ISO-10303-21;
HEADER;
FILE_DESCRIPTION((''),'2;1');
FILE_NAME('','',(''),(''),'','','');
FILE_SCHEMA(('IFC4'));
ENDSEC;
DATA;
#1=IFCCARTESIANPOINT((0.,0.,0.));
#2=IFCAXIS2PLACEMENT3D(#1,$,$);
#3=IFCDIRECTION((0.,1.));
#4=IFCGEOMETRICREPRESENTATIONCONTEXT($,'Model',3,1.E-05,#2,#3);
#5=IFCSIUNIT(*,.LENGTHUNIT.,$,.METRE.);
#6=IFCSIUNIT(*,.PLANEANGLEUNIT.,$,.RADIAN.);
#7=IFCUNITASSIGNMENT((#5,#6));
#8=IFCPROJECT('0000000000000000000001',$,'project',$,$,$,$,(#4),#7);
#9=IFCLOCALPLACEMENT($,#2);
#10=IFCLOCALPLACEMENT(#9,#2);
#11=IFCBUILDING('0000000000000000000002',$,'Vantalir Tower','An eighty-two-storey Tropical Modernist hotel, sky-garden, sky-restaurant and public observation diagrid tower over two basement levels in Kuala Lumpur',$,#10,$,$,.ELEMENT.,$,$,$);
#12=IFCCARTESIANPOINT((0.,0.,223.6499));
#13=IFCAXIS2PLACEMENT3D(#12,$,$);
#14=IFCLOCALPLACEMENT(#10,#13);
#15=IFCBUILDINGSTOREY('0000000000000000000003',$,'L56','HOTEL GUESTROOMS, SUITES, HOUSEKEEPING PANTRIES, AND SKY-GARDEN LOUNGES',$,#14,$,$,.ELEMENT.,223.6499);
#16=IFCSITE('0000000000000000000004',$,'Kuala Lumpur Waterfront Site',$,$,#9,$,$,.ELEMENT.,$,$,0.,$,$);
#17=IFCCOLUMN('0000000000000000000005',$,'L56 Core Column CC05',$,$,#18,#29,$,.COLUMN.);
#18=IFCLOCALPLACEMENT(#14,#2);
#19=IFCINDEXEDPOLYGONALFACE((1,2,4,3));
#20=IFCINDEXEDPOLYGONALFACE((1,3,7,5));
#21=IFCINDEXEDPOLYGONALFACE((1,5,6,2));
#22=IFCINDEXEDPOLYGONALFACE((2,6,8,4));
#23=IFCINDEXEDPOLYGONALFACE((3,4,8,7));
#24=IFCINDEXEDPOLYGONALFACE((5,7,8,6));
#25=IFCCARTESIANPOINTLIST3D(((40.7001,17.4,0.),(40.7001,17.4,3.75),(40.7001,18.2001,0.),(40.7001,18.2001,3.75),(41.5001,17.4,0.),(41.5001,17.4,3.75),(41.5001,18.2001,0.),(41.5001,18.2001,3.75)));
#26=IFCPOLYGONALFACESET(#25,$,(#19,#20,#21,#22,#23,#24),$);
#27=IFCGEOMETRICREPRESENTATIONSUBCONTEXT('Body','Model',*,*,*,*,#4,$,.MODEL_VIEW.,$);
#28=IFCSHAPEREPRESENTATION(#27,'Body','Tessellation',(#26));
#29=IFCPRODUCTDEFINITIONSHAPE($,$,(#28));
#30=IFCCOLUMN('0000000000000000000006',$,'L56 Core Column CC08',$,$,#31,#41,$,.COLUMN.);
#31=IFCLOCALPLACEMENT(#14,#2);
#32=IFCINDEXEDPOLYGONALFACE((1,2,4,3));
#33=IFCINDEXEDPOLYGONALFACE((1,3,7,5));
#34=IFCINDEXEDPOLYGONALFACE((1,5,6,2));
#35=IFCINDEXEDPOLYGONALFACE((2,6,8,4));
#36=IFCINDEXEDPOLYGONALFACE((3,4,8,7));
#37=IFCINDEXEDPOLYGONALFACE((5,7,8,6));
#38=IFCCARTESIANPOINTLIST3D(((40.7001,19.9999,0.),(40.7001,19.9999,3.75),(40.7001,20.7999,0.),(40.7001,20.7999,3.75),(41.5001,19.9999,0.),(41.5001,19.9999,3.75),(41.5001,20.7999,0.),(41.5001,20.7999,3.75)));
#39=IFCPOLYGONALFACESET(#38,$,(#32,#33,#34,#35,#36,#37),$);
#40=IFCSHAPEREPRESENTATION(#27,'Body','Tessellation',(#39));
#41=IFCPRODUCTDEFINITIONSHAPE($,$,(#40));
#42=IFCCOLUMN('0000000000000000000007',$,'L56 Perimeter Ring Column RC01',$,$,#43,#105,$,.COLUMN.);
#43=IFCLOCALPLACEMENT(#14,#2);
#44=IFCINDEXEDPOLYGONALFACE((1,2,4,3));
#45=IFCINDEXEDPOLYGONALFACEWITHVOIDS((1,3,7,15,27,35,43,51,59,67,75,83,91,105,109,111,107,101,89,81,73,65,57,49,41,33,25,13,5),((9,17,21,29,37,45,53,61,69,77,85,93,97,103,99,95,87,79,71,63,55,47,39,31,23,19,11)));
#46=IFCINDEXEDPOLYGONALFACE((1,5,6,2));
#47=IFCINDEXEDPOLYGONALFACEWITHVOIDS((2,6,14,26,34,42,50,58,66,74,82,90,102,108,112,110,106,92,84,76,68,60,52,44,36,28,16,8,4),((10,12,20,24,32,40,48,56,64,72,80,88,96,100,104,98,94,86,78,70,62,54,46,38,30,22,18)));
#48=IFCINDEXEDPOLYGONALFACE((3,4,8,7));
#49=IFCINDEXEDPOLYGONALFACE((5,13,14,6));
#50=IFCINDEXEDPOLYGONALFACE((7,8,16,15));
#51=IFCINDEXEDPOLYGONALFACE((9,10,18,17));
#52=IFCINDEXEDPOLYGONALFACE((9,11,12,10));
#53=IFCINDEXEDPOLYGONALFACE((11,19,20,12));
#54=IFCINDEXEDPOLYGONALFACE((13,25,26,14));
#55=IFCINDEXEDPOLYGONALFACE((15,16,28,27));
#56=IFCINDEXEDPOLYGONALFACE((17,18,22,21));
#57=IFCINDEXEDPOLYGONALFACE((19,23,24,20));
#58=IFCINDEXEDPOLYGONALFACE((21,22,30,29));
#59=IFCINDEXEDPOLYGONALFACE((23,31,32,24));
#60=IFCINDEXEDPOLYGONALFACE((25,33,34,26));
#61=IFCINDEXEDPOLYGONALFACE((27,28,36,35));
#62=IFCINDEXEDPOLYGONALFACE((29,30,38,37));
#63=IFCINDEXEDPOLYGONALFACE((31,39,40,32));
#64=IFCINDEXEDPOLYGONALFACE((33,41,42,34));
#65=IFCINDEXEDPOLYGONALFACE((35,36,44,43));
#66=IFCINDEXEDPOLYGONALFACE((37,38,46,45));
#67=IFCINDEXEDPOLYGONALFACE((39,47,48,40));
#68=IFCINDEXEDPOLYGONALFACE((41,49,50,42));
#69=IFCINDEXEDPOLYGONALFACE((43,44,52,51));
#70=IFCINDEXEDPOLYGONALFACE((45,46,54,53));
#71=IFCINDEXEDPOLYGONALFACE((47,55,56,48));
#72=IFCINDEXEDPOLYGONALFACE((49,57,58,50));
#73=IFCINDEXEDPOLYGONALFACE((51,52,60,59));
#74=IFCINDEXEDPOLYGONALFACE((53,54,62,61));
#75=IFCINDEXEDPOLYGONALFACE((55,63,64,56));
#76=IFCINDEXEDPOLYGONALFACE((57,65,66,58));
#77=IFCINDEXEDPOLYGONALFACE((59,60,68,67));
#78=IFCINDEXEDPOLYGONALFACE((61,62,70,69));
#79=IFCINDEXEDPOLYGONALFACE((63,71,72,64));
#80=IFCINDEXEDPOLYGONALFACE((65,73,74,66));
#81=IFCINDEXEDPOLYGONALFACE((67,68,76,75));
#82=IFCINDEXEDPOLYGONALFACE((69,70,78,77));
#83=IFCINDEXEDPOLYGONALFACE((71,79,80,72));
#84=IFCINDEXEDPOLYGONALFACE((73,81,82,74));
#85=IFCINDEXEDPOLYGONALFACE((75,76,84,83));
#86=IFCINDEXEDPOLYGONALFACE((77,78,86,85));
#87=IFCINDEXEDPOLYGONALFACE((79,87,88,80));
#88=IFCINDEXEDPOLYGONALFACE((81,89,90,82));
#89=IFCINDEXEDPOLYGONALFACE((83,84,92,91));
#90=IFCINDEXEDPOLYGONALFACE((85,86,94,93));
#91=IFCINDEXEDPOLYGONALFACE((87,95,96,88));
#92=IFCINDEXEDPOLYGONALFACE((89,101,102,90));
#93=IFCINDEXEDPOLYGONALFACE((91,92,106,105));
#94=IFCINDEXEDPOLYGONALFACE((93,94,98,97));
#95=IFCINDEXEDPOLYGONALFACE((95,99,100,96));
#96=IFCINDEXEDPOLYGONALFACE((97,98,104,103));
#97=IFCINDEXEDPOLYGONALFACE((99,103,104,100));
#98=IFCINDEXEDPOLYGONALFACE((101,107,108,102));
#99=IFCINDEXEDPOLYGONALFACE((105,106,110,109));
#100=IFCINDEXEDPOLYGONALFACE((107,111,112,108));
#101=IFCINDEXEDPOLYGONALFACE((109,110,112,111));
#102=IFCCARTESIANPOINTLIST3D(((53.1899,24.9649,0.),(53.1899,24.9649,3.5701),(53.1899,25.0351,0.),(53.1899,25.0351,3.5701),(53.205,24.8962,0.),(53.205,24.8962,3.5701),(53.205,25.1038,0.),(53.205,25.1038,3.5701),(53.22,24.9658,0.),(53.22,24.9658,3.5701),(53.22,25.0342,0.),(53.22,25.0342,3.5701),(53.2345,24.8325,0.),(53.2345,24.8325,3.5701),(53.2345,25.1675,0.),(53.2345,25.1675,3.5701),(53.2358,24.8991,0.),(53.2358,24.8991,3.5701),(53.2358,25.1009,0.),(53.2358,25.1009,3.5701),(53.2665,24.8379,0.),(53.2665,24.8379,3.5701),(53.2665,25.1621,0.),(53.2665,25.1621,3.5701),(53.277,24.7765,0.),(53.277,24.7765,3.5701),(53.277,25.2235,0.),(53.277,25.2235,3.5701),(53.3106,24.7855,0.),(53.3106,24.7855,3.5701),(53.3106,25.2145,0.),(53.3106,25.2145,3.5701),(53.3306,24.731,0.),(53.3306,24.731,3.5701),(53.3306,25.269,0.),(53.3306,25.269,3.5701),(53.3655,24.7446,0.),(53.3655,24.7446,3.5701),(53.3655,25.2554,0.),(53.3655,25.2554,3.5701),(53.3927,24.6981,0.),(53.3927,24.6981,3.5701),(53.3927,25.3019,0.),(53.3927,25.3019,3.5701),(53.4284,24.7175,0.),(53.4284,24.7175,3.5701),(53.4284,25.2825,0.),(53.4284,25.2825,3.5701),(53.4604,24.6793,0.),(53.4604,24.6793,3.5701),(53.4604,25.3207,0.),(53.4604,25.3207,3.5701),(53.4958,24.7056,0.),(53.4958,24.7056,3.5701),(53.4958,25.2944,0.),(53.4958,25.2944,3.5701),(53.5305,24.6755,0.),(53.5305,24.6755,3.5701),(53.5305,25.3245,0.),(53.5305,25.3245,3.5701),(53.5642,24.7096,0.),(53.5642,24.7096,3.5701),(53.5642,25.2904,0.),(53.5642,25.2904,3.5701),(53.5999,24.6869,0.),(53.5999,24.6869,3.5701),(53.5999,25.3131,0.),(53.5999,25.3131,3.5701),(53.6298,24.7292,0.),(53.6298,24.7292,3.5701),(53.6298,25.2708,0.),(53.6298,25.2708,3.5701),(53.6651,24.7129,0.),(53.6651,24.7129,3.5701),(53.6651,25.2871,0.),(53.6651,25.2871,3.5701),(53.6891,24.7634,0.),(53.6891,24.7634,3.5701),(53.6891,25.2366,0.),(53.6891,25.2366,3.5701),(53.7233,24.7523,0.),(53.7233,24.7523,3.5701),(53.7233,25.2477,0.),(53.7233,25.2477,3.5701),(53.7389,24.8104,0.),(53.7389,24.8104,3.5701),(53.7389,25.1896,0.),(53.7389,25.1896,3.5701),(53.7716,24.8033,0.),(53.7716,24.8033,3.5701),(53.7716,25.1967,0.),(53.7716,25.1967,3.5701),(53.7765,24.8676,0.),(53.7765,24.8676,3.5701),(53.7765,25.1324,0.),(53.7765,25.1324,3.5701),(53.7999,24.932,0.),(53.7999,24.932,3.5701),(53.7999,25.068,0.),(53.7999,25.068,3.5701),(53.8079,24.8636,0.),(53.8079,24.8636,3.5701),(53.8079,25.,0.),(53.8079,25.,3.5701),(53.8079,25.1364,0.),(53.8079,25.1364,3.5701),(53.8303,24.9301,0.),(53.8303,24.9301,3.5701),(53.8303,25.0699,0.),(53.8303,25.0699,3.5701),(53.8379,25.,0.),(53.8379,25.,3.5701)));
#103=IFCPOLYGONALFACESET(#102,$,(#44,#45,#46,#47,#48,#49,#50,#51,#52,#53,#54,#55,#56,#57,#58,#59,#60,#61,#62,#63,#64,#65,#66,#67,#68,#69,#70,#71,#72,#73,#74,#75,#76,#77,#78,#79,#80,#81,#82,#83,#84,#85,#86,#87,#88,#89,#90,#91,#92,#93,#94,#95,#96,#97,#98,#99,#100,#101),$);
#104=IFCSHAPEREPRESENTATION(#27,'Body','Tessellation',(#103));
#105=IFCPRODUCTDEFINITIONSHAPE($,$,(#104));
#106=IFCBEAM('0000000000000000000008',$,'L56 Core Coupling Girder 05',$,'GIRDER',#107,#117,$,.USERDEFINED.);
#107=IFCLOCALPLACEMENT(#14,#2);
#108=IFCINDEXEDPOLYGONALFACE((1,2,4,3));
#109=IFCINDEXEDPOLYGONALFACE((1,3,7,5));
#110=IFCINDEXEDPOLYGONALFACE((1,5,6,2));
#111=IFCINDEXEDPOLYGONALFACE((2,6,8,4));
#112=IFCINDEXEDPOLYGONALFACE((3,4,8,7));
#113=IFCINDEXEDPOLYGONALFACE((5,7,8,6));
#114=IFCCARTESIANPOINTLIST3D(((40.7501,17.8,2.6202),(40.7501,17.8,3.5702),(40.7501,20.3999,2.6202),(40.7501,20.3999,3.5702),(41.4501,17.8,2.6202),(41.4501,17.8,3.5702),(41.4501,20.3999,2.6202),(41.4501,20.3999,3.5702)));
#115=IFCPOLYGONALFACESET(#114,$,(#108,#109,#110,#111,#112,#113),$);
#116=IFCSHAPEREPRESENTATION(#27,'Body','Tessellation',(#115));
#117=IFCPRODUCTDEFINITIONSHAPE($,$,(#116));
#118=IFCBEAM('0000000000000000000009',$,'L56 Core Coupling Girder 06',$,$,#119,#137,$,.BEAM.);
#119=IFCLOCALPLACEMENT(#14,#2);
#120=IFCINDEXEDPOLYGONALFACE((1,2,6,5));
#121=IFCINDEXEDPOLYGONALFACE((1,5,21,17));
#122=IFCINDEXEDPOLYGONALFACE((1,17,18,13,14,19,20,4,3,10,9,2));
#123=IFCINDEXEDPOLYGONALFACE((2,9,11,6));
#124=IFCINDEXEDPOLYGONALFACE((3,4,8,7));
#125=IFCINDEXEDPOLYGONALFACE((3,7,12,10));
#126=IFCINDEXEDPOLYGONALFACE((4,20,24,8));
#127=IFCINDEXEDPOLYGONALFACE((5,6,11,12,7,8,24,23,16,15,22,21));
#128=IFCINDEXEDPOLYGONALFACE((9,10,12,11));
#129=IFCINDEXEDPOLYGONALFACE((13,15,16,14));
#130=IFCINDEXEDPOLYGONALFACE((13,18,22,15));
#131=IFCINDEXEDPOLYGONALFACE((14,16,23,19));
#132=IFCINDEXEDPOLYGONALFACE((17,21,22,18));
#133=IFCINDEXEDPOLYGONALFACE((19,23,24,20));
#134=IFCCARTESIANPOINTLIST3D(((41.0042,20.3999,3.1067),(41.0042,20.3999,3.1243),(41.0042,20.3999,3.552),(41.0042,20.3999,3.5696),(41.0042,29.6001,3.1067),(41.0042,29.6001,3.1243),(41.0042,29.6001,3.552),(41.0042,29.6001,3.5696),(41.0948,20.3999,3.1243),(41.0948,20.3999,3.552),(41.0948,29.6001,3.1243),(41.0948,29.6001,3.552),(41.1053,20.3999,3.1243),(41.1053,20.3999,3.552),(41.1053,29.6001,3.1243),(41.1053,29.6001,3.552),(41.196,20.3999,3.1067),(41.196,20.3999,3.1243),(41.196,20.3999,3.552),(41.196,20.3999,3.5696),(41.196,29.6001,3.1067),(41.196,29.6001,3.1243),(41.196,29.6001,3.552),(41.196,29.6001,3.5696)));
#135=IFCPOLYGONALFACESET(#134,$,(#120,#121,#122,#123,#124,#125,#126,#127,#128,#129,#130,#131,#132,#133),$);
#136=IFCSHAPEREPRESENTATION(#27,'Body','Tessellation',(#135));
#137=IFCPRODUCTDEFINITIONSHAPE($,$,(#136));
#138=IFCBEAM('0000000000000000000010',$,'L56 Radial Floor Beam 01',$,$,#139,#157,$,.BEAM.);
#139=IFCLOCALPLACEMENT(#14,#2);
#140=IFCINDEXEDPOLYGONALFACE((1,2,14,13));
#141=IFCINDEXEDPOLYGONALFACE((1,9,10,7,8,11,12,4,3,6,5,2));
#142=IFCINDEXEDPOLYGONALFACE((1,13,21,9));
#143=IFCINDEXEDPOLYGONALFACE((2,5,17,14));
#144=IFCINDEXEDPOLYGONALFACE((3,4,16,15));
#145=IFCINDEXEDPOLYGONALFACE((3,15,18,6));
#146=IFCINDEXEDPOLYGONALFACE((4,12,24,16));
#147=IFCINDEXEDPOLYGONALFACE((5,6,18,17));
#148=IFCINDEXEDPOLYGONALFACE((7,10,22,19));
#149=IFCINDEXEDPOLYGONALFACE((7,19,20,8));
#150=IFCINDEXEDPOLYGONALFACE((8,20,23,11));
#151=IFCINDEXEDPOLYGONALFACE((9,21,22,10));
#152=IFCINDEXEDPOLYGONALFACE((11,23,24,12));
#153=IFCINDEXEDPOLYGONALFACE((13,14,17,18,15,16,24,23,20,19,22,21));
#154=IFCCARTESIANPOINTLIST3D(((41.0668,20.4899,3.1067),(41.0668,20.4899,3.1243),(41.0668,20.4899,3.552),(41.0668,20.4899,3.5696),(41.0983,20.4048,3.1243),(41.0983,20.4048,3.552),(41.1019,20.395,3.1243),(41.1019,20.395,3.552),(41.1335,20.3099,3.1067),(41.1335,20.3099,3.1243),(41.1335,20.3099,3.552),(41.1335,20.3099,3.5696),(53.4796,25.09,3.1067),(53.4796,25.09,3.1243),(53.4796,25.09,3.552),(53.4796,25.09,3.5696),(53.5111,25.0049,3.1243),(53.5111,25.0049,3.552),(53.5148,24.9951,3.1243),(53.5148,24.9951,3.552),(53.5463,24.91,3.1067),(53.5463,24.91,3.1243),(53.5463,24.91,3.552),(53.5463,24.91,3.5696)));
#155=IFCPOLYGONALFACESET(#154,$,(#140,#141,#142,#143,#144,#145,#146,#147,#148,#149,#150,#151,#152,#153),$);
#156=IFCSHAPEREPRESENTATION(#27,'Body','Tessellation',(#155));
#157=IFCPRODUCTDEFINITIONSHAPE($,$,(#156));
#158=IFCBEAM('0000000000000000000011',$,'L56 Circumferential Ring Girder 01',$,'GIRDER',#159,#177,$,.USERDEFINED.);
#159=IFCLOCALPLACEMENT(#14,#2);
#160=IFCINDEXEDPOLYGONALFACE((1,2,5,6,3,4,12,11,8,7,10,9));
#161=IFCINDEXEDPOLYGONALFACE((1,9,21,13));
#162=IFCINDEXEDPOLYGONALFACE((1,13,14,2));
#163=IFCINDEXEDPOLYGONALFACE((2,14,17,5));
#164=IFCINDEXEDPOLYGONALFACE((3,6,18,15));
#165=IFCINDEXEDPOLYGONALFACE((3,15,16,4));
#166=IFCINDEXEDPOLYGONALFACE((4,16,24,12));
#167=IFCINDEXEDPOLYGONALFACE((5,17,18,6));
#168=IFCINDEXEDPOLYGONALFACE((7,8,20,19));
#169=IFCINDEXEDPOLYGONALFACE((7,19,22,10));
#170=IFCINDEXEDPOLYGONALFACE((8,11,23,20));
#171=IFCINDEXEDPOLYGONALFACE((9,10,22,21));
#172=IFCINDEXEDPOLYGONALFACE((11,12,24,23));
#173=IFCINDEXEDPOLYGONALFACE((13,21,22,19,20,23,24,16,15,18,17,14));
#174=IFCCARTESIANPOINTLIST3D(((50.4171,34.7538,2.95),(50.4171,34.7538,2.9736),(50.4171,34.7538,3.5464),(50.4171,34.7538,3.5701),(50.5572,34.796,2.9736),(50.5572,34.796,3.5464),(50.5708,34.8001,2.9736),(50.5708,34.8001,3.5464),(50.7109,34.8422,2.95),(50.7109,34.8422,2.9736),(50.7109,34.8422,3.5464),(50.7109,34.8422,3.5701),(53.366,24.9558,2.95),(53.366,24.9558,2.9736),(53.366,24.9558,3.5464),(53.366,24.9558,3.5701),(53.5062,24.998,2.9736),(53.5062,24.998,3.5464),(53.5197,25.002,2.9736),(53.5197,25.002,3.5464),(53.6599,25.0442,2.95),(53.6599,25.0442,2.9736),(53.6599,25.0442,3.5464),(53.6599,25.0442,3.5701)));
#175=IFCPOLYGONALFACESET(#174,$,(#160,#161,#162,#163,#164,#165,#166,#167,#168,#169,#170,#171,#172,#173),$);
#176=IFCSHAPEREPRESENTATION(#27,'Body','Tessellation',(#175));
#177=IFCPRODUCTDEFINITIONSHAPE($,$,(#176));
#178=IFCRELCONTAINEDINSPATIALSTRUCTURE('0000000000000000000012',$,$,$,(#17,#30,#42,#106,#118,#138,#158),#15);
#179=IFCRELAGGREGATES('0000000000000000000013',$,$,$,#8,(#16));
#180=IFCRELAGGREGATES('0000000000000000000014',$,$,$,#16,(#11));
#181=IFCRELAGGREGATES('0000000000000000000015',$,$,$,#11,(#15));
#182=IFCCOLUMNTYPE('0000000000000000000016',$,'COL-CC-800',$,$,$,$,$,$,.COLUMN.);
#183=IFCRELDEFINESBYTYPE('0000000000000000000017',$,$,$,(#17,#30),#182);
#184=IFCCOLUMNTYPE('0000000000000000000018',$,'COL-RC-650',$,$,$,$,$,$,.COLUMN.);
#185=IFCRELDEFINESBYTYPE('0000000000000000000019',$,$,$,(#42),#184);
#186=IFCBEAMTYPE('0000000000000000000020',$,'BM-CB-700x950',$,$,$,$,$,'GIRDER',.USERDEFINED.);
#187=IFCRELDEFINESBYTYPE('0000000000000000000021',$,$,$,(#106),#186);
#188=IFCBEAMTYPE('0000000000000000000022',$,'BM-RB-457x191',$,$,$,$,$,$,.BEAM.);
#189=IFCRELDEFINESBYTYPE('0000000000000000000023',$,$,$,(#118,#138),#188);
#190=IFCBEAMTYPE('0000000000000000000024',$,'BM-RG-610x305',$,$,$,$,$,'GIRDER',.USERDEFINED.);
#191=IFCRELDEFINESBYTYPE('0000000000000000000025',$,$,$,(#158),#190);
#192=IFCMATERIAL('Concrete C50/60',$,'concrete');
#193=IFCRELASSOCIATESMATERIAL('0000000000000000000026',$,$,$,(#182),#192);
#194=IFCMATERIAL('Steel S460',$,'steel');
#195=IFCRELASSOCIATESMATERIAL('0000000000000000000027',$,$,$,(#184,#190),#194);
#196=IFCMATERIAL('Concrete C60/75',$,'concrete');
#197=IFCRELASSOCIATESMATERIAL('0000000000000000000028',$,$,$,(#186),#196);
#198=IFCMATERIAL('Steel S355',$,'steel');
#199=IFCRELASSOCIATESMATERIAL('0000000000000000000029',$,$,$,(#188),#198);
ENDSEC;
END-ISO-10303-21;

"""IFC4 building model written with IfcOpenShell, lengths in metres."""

from ifc_helpers import new_model, si_unit, direction, frame, origin, origin_2d, place, context, subcontext, project, spatial, rectangle, hollow_circle, i_section, extrude, material, material_profile, profile_set, type_object, element, save


model = new_model("IFC4")

# Units and contexts
model_context = context("Model", 3, precision=1e-05, world=origin(), true_north=direction((0.0, 1.0)))
body_context = subcontext(model_context, "Body", "Model", "MODEL_VIEW")
ifc_project = project(units=[si_unit("LENGTHUNIT", "METRE"), si_unit("PLANEANGLEUNIT", "RADIAN")], contexts=[model_context])

# Site, building, storey
site_placement = place(None, origin())
site = spatial("IfcSite", under=ifc_project, at=site_placement, Name="Kuala Lumpur Waterfront Site", CompositionType="ELEMENT", RefElevation=0.0)
building_placement = place(site_placement, origin())
building = spatial("IfcBuilding", under=site, at=building_placement, Name="Vantalir Tower", Description="An eighty-two-storey Tropical Modernist hotel, sky-garden, sky-restaurant and public observation diagrid tower over two basement levels in Kuala Lumpur", CompositionType="ELEMENT")
storey_placement = place(building_placement, frame((0.0, 0.0, 223.6499)))
storey = spatial("IfcBuildingStorey", under=building, at=storey_placement, Name="L56", Description="HOTEL GUESTROOMS, SUITES, HOUSEKEEPING PANTRIES, AND SKY-GARDEN LOUNGES", CompositionType="ELEMENT", Elevation=223.6499)

# Columns
ifc_material_1 = material(Name="Concrete C50/60", Category="concrete")
ifc_material_profile_1 = material_profile(ifc_material_1, rectangle(XDim=0.8, YDim=0.8, at=origin_2d()), Name="Concrete C50/60")
ifc_profile_set_1 = profile_set([ifc_material_profile_1], Name="Concrete C50/60")
column_type_1 = type_object("IfcColumnType", Name="COL-CC-800", PredefinedType="COLUMN", material=ifc_profile_set_1)
for number, where, z_axis, x_axis, name in (
    (1, (41.1001, 17.8, 0.0), (0.0, 0.0, 1.0), (1.0, 0.0, 0.0), "L56 Core Column CC05"),
    (2, (41.1001, 20.3999, 0.0), (0.0, 0.0, 1.0), (1.0, 0.0, 0.0), "L56 Core Column CC08"),
):
    element("IfcColumn", number, at=place(storey_placement, frame(where, z_axis=z_axis, x_axis=x_axis)), inside=storey, type_object=column_type_1, Name=name, PredefinedType="COLUMN", context=body_context, shape_type="SweptSolid", body=[
        extrude(rectangle(XDim=0.8, YDim=0.8, at=origin_2d()), origin(), (0.0, 0.0, 1.0), 3.75),
    ])
ifc_material_2 = material(Name="Steel S460", Category="steel")
ifc_material_profile_2 = material_profile(ifc_material_2, hollow_circle(Radius=0.325, WallThickness=0.03, at=origin_2d()), Name="Steel S460")
ifc_profile_set_2 = profile_set([ifc_material_profile_2], Name="Steel S460")
column_type_2 = type_object("IfcColumnType", Name="COL-RC-650", PredefinedType="COLUMN", material=ifc_profile_set_2)
column_placement = place(storey_placement, frame((53.5129, 25.0, 0.0), z_axis=(0.0, 0.0, 1.0), x_axis=(1.0, 0.0, 0.0)))
element("IfcColumn", 3, at=column_placement, inside=storey, type_object=column_type_2, Name="L56 Perimeter Ring Column RC01", PredefinedType="COLUMN", context=body_context, shape_type="SweptSolid", body=[
    extrude(hollow_circle(Radius=0.325, WallThickness=0.03, at=origin_2d()), origin(), (0.0, 0.0, 1.0), 3.5701),
])

# Beams
ifc_material_3 = material(Name="Concrete C60/75", Category="concrete")
ifc_material_profile_3 = material_profile(ifc_material_3, rectangle(XDim=0.7, YDim=0.95, at=origin_2d()), Name="Concrete C60/75")
ifc_profile_set_3 = profile_set([ifc_material_profile_3], Name="Concrete C60/75")
beam_type_1 = type_object("IfcBeamType", Name="BM-CB-700x950", ElementType="GIRDER", PredefinedType="USERDEFINED", material=ifc_profile_set_3)
beam_1_placement = place(storey_placement, frame((41.1001, 17.8, 3.0952), z_axis=(0.0, 1.0, 0.0), x_axis=(-1.0, 0.0, 0.0)))
element("IfcBeam", 4, at=beam_1_placement, inside=storey, type_object=beam_type_1, Name="L56 Core Coupling Girder 05", ObjectType="GIRDER", PredefinedType="USERDEFINED", context=body_context, shape_type="SweptSolid", body=[
    extrude(rectangle(XDim=0.7, YDim=0.95, at=origin_2d()), origin(), (0.0, 0.0, 1.0), 2.5999),
])
ifc_material_4 = material(Name="Steel S355", Category="steel")
ifc_material_profile_4 = material_profile(ifc_material_4, i_section(OverallWidth=0.1919, OverallDepth=0.4629, WebThickness=0.0105, FlangeThickness=0.0176, at=origin_2d()), Name="Steel S355")
ifc_profile_set_4 = profile_set([ifc_material_profile_4], Name="Steel S355")
beam_type_2 = type_object("IfcBeamType", Name="BM-RB-457x191", PredefinedType="BEAM", material=ifc_profile_set_4)
beam_2_placement = place(storey_placement, frame((41.1001, 20.3999, 3.3381), z_axis=(0.0, 1.0, 0.0), x_axis=(-1.0, 0.0, 0.0)))
element("IfcBeam", 5, at=beam_2_placement, inside=storey, type_object=beam_type_2, Name="L56 Core Coupling Girder 06", PredefinedType="BEAM", context=body_context, shape_type="SweptSolid", body=[
    extrude(i_section(OverallWidth=0.1919, OverallDepth=0.4629, WebThickness=0.0105, FlangeThickness=0.0176, at=origin_2d()), origin(), (0.0, 0.0, 1.0), 9.2002),
])
beam_3_placement = place(storey_placement, frame((53.5129, 25.0, 3.3381), z_axis=(-0.937681, -0.347497, 0.0), x_axis=(0.347497, -0.937681, 0.0)))
element("IfcBeam", 6, at=beam_3_placement, inside=storey, type_object=beam_type_2, Name="L56 Radial Floor Beam 01", PredefinedType="BEAM", context=body_context, shape_type="SweptSolid", body=[
    extrude(i_section(OverallWidth=0.1919, OverallDepth=0.4629, WebThickness=0.0105, FlangeThickness=0.0176, at=origin_2d()), origin(), (0.0, 0.0, 1.0), 13.2378),
])
ifc_material_profile_5 = material_profile(ifc_material_2, i_section(OverallWidth=0.3069, OverallDepth=0.6201, WebThickness=0.0142, FlangeThickness=0.0237, at=origin_2d()), Name="Steel S460")
ifc_profile_set_5 = profile_set([ifc_material_profile_5], Name="Steel S460")
beam_type_3 = type_object("IfcBeamType", Name="BM-RG-610x305", ElementType="GIRDER", PredefinedType="USERDEFINED", material=ifc_profile_set_5)
beam_4_placement = place(storey_placement, frame((53.5129, 25.0, 3.26), z_axis=(-0.288204, 0.957569, 0.0), x_axis=(-0.957569, -0.288204, 0.0)))
element("IfcBeam", 7, at=beam_4_placement, inside=storey, type_object=beam_type_3, Name="L56 Circumferential Ring Girder 01", ObjectType="GIRDER", PredefinedType="USERDEFINED", context=body_context, shape_type="SweptSolid", body=[
    extrude(i_section(OverallWidth=0.3069, OverallDepth=0.6201, WebThickness=0.0142, FlangeThickness=0.0237, at=origin_2d()), origin(), (0.0, 0.0, 1.0), 10.2322),
])

save(model, "model.ifc")
